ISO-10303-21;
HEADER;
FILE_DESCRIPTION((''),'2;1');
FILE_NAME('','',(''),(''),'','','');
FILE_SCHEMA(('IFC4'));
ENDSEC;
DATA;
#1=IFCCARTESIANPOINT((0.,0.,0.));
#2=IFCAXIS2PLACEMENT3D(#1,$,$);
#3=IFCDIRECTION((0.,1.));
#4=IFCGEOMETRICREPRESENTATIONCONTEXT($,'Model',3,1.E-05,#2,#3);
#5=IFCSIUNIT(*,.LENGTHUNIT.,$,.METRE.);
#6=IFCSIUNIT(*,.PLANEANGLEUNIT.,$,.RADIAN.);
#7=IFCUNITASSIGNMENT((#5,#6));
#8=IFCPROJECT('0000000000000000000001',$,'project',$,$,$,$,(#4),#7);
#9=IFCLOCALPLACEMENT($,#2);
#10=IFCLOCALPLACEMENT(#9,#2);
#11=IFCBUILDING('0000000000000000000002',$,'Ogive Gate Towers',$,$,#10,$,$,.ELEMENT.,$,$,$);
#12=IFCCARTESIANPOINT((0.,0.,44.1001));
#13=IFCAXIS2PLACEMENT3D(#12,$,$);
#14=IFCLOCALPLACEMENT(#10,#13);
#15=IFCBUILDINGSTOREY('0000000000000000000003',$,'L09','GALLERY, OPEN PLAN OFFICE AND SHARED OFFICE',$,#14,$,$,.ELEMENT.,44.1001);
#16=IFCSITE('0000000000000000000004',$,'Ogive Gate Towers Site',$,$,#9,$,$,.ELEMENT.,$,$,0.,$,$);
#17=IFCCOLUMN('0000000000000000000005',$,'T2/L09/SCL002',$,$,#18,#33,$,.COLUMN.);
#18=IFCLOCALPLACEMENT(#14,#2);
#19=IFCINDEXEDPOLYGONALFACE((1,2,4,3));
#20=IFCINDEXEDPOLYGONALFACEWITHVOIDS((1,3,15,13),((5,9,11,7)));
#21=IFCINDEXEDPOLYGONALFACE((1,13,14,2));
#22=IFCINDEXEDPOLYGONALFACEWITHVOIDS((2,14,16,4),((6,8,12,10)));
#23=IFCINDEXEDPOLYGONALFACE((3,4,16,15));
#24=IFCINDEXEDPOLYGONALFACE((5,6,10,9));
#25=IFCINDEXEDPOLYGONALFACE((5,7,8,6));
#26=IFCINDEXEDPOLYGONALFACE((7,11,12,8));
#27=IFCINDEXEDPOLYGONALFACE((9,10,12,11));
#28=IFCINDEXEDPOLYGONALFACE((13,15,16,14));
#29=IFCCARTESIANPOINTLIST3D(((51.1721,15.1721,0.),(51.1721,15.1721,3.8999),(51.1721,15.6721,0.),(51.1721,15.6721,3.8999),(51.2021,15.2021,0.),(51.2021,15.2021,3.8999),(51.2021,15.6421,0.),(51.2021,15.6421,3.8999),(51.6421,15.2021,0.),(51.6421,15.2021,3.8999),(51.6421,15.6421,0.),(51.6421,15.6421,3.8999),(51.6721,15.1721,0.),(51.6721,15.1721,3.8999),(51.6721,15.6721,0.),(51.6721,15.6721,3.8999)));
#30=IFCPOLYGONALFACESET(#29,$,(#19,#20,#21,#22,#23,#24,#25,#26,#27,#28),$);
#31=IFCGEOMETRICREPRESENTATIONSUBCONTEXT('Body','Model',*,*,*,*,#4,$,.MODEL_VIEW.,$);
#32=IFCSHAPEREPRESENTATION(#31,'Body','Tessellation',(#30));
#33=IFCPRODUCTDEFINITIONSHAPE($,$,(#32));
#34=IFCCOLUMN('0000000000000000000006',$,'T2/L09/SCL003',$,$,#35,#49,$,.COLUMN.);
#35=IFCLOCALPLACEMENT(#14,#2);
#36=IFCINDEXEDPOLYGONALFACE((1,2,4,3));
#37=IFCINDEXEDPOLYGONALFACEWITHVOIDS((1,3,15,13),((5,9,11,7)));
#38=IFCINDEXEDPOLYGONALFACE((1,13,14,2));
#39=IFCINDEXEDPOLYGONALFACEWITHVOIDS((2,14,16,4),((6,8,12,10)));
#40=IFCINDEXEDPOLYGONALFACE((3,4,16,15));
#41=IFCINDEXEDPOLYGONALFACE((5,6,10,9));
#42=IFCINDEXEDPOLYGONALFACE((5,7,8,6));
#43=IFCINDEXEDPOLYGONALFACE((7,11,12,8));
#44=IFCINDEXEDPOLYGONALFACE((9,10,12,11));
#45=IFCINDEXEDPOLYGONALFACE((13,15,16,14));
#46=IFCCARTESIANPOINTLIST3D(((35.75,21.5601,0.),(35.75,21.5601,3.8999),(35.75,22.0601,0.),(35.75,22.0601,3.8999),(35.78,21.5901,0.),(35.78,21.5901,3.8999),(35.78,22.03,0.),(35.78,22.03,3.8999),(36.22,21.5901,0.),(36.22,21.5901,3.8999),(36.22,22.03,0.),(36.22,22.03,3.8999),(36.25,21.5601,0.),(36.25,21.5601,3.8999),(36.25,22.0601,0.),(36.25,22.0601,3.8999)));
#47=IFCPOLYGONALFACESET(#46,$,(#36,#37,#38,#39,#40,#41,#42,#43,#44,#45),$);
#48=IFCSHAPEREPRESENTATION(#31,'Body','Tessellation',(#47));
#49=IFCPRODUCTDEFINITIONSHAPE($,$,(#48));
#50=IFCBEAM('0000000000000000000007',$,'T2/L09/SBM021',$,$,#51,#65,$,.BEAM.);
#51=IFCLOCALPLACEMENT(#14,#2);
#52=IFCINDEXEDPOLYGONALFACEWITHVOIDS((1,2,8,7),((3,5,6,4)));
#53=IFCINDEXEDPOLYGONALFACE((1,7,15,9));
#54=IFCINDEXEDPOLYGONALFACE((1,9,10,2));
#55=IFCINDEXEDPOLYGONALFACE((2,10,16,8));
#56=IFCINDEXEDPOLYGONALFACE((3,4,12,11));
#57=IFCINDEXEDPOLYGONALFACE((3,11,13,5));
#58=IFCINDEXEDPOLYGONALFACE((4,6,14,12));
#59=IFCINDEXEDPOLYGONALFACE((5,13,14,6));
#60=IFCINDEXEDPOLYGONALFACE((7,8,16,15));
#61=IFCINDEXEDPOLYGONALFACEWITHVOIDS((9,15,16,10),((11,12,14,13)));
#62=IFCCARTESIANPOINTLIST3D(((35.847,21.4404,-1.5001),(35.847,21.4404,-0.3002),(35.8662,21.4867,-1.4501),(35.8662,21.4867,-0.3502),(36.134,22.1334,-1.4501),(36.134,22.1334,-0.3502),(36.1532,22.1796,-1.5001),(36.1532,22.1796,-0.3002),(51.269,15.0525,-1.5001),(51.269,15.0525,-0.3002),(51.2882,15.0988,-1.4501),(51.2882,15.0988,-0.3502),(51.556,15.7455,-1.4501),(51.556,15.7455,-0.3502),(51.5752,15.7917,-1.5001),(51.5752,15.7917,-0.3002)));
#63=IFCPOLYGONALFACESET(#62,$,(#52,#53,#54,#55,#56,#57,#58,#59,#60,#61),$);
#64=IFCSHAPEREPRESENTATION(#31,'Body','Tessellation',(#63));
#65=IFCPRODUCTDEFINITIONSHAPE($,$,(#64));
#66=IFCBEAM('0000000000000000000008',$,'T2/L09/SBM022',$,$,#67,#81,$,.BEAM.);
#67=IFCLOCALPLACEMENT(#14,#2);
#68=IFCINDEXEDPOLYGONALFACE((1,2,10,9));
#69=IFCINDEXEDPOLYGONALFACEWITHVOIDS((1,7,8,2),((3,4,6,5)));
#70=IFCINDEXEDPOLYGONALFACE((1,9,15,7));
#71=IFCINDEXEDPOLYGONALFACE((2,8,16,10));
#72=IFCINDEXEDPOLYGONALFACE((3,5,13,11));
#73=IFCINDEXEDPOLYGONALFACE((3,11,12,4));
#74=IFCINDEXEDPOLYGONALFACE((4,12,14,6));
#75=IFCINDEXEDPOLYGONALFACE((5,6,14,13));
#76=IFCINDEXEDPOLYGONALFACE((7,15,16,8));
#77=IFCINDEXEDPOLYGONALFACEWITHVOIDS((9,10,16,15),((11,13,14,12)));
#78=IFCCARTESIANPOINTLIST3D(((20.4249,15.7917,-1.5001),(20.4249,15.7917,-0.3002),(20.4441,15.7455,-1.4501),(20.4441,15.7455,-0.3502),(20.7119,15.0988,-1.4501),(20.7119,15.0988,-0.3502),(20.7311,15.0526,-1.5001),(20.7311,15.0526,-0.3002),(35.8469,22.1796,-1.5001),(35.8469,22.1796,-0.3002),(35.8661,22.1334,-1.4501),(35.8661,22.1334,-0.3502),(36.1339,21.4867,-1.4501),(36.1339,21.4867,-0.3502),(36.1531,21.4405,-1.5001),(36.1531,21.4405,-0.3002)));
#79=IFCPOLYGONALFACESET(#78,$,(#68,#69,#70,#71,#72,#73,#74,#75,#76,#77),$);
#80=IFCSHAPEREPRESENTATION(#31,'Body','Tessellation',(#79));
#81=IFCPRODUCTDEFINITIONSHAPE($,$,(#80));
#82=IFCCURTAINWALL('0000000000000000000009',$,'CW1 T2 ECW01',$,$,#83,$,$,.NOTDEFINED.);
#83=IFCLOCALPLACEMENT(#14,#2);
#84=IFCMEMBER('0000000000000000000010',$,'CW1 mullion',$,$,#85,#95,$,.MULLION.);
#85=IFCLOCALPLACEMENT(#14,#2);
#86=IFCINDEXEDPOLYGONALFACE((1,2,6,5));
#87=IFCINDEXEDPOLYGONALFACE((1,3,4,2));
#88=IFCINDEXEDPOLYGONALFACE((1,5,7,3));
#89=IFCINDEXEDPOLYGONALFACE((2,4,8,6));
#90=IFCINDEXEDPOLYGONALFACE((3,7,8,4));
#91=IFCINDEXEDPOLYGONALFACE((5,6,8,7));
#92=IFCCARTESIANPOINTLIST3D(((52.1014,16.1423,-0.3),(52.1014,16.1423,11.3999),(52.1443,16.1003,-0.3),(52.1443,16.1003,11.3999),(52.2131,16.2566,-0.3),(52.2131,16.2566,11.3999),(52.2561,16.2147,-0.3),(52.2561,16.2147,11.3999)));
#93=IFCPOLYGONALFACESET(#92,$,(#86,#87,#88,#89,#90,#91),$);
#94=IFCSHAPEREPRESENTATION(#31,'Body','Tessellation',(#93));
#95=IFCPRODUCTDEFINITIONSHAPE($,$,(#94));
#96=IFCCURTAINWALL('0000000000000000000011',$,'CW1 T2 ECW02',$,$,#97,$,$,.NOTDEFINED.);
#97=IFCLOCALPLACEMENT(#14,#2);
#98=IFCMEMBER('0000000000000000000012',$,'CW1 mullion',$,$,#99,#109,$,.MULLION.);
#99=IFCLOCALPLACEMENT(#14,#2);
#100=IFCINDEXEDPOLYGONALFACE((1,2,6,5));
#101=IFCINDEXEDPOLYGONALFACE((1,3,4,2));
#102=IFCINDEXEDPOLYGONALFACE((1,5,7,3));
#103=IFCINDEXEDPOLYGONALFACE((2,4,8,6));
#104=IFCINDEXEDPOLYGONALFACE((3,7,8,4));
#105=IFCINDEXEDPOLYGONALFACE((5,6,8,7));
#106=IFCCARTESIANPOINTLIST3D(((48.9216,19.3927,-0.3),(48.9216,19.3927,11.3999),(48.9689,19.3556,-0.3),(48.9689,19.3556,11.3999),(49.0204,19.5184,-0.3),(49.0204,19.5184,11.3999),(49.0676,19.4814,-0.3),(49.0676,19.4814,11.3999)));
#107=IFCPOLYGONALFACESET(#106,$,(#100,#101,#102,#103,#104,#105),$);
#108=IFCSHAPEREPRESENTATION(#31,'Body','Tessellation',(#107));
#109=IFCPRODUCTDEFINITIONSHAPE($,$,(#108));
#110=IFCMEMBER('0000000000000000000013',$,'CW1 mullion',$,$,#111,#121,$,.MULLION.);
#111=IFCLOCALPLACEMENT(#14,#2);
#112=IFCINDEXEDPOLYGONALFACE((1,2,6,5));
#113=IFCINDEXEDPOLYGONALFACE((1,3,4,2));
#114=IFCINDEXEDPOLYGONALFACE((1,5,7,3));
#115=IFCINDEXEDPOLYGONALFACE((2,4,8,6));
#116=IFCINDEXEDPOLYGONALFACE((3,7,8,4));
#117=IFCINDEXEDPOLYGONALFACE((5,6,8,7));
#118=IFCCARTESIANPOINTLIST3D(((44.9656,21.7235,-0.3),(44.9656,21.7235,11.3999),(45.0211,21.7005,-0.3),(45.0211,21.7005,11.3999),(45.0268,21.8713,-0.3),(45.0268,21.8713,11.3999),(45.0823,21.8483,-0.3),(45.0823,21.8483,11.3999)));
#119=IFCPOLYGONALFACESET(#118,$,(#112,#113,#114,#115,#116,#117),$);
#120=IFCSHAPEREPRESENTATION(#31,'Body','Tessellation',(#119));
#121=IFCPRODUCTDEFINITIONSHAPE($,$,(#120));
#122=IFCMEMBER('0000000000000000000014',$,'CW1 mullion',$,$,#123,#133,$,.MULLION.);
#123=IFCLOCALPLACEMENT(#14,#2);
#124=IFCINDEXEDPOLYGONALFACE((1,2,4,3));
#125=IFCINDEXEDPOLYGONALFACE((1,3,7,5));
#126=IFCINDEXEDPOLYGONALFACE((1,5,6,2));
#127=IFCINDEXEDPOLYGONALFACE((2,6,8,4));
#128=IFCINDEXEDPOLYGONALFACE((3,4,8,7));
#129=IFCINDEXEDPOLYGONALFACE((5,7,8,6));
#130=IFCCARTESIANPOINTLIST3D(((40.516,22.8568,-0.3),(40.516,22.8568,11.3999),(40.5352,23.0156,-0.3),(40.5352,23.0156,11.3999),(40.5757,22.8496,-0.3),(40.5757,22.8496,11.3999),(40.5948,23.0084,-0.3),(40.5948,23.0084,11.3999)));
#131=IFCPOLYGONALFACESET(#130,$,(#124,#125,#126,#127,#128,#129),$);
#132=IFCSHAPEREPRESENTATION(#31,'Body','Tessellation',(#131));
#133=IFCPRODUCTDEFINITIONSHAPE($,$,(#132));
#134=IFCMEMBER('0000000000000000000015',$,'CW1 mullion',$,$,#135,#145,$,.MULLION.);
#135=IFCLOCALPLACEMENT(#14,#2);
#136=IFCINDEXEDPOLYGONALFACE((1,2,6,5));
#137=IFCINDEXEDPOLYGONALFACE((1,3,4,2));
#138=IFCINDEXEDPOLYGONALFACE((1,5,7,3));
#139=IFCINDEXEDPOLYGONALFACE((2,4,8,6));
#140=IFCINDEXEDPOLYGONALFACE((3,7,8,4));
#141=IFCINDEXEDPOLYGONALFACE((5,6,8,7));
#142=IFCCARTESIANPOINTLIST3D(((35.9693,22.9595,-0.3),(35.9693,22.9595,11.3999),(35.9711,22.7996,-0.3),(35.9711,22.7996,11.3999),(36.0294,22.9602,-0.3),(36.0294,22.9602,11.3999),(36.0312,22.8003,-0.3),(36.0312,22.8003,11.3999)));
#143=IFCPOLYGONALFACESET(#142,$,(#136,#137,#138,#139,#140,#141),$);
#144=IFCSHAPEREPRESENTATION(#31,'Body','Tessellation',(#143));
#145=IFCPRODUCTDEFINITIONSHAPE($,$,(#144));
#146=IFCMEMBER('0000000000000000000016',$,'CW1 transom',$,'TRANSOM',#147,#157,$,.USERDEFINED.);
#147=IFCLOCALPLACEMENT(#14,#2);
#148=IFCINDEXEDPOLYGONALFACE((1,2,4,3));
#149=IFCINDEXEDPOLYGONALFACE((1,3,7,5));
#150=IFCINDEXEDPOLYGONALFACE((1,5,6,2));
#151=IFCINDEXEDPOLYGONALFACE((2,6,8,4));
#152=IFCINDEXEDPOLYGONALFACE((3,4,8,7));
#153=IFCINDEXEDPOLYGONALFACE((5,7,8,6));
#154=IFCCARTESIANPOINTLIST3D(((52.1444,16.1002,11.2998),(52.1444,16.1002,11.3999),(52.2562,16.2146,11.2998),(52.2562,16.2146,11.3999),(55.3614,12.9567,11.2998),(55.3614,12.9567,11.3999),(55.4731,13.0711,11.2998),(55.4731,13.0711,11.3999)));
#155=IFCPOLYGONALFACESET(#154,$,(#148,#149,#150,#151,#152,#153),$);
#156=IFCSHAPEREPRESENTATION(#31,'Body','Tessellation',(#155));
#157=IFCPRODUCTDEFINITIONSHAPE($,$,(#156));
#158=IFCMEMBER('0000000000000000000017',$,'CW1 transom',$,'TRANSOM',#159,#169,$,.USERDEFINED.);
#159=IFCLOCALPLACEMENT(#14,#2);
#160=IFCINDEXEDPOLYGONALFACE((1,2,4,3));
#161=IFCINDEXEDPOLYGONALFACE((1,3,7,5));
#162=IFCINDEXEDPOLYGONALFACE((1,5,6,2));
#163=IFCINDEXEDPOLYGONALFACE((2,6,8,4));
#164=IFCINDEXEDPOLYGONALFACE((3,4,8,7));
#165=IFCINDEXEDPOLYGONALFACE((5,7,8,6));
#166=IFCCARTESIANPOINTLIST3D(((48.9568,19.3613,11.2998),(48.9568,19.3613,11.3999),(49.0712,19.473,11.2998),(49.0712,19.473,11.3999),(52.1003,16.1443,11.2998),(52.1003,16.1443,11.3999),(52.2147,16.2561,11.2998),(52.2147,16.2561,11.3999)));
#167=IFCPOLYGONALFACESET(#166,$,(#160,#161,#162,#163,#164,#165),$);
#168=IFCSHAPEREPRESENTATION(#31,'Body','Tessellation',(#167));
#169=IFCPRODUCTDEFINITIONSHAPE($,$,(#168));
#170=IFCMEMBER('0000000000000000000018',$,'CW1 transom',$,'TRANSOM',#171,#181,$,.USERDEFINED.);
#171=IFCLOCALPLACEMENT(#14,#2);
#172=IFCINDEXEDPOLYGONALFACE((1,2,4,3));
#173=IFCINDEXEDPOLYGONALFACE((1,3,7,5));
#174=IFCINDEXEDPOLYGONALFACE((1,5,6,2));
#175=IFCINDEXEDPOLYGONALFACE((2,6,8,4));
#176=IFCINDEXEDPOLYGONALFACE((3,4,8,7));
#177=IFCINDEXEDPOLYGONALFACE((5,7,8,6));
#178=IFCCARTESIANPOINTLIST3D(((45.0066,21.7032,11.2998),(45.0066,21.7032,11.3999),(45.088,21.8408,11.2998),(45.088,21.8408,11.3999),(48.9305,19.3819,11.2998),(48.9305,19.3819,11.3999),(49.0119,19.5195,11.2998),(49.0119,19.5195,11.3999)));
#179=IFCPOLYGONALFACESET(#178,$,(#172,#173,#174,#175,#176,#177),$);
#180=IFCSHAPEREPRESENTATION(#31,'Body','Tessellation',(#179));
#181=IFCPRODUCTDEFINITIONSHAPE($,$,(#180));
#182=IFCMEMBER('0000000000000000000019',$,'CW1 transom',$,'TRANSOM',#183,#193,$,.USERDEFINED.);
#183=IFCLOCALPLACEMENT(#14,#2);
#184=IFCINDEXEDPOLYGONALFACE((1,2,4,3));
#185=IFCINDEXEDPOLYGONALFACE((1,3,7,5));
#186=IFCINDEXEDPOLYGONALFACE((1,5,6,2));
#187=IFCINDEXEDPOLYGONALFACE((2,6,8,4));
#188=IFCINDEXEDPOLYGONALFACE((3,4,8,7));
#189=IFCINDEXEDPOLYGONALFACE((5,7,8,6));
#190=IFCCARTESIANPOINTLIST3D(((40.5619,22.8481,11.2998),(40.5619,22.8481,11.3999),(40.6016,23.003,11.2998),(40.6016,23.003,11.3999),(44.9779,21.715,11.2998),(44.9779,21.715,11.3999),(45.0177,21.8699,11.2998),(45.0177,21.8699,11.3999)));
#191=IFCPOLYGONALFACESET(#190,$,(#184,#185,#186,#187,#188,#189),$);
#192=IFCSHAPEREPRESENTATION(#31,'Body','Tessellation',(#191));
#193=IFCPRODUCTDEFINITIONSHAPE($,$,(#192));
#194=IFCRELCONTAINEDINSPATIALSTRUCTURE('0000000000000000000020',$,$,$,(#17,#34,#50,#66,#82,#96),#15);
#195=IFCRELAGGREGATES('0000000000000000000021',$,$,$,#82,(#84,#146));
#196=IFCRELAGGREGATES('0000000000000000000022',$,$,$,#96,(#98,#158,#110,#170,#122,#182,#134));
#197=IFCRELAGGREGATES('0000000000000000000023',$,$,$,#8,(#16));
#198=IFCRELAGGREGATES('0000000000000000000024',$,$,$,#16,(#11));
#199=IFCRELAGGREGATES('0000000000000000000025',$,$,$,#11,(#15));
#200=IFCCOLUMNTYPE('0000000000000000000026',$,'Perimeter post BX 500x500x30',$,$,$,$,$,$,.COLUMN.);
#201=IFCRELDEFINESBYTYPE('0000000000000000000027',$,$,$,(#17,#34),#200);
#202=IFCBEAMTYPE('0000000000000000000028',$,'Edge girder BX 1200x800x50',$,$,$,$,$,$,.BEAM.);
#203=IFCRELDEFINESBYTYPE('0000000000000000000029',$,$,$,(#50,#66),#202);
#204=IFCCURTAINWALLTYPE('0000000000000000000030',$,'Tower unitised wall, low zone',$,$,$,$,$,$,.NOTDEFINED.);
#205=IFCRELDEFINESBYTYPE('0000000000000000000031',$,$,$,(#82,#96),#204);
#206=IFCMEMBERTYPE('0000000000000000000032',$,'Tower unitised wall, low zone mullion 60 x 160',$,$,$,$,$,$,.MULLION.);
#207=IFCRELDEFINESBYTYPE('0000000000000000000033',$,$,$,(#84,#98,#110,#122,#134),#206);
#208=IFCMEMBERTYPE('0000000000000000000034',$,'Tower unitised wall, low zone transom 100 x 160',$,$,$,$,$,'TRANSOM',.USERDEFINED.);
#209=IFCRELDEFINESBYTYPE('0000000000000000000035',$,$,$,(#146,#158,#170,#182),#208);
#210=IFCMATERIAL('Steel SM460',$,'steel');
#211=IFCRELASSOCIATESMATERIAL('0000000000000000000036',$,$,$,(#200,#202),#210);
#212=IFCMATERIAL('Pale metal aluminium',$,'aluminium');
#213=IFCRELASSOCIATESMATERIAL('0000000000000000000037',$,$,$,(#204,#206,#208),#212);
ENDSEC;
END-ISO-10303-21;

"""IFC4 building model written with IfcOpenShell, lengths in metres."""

from ifc_helpers import new_model, si_unit, direction, frame, origin, origin_2d, place, context, subcontext, project, spatial, rectangle, hollow_rectangle, extrude, material, material_profile, profile_set, type_object, element, aggregate, save


model = new_model("IFC4")

# Units and contexts
model_context = context("Model", 3, precision=1e-05, world=origin(), true_north=direction((0.0, 1.0)))
body_context = subcontext(model_context, "Body", "Model", "MODEL_VIEW")
ifc_project = project(units=[si_unit("LENGTHUNIT", "METRE"), si_unit("PLANEANGLEUNIT", "RADIAN")], contexts=[model_context])

# Site, building, storey
site_placement = place(None, origin())
site = spatial("IfcSite", under=ifc_project, at=site_placement, Name="Ogive Gate Towers Site", CompositionType="ELEMENT", RefElevation=0.0)
building_placement = place(site_placement, origin())
building = spatial("IfcBuilding", under=site, at=building_placement, Name="Ogive Gate Towers", CompositionType="ELEMENT")
storey_placement = place(building_placement, frame((0.0, 0.0, 44.1001)))
storey = spatial("IfcBuildingStorey", under=building, at=storey_placement, Name="L09", Description="GALLERY, OPEN PLAN OFFICE AND SHARED OFFICE", CompositionType="ELEMENT", Elevation=44.1001)

# Columns
ifc_material_1 = material(Name="Steel SM460", Category="steel")
ifc_material_profile_1 = material_profile(ifc_material_1, hollow_rectangle(XDim=0.5, YDim=0.5, WallThickness=0.03, at=origin_2d()), Name="BX 500x500x30")
ifc_profile_set_1 = profile_set([ifc_material_profile_1], Name="Steel SM460")
column_type = type_object("IfcColumnType", Name="Perimeter post BX 500x500x30", PredefinedType="COLUMN", material=ifc_profile_set_1)
for number, where, z_axis, x_axis, name in (
    (1, (51.4221, 15.4221, 0.0), (0.0, 0.0, 1.0), (1.0, 0.0, 0.0), "T2/L09/SCL002"),
    (2, (36.0, 21.8101, 0.0), (0.0, 0.0, 1.0), (1.0, 0.0, 0.0), "T2/L09/SCL003"),
):
    element("IfcColumn", number, at=place(storey_placement, frame(where, z_axis=z_axis, x_axis=x_axis)), inside=storey, type_object=column_type, Name=name, PredefinedType="COLUMN", context=body_context, shape_type="SweptSolid", body=[
        extrude(hollow_rectangle(XDim=0.5, YDim=0.5, WallThickness=0.03, at=origin_2d()), origin(), (0.0, 0.0, 1.0), 3.8999),
    ])

# Beams
ifc_material_profile_2 = material_profile(ifc_material_1, hollow_rectangle(XDim=0.8, YDim=1.2, WallThickness=0.05, at=origin_2d()), Name="BX 1200x800x50")
ifc_profile_set_2 = profile_set([ifc_material_profile_2], Name="Steel SM460")
beam_type = type_object("IfcBeamType", Name="Edge girder BX 1200x800x50", PredefinedType="BEAM", material=ifc_profile_set_2)
for number, where, z_axis, x_axis, name in (
    (3, (51.4221, 15.4221, -0.9001), (-0.923882, 0.382678, 0.0), (-0.382678, -0.923882, 0.0), "T2/L09/SBM021"),
    (4, (36.0, 21.8101, -0.9001), (-0.923882, -0.382678, 0.0), (0.382678, -0.923882, 0.0), "T2/L09/SBM022"),
):
    element("IfcBeam", number, at=place(storey_placement, frame(where, z_axis=z_axis, x_axis=x_axis)), inside=storey, type_object=beam_type, Name=name, PredefinedType="BEAM", context=body_context, shape_type="SweptSolid", body=[
        extrude(hollow_rectangle(XDim=0.8, YDim=1.2, WallThickness=0.05, at=origin_2d()), origin(), (0.0, 0.0, 1.0), 16.6926),
    ])

# Curtain wall, member
ifc_material_2 = material(Name="Pale metal aluminium", Category="aluminium")
curtain_wall_type = type_object("IfcCurtainWallType", Name="Tower unitised wall, low zone", PredefinedType="NOTDEFINED", material=ifc_material_2)
curtain_wall_1_placement = place(storey_placement, origin())
curtain_wall_1 = element("IfcCurtainWall", 5, at=curtain_wall_1_placement, inside=storey, type_object=curtain_wall_type, Name="CW1 T2 ECW01", PredefinedType="NOTDEFINED")
ifc_material_profile_3 = material_profile(ifc_material_2, rectangle(XDim=0.1599, YDim=0.0601, at=origin_2d()), Name="60 x 160 aluminium box")
ifc_profile_set_3 = profile_set([ifc_material_profile_3], Name="Pale metal aluminium")
member_type_1 = type_object("IfcMemberType", Name="Tower unitised wall, low zone mullion 60 x 160", PredefinedType="MULLION", material=ifc_profile_set_3)
member_1_placement = place(storey_placement, frame((52.1787, 16.1785, -0.3), z_axis=(0.0, 0.0, 1.0), x_axis=(0.698915, 0.715205, 0.0)))
member_1 = element("IfcMember", 6, at=member_1_placement, type_object=member_type_1, Name="CW1 mullion", PredefinedType="MULLION", context=body_context, shape_type="SweptSolid", body=[
    extrude(rectangle(XDim=0.1599, YDim=0.0601, at=origin_2d()), origin(), (0.0, 0.0, 1.0), 11.7),
])

# Curtain wall, members
curtain_wall_2_placement = place(storey_placement, origin())
curtain_wall_2 = element("IfcCurtainWall", 7, at=curtain_wall_2_placement, inside=storey, type_object=curtain_wall_type, Name="CW1 T2 ECW02", PredefinedType="NOTDEFINED")
member_2_placement = place(storey_placement, frame((48.9946, 19.437, -0.3), z_axis=(0.0, 0.0, 1.0), x_axis=(0.617516, 0.786558, 0.0)))
member_2 = element("IfcMember", 8, at=member_2_placement, type_object=member_type_1, Name="CW1 mullion", PredefinedType="MULLION", context=body_context, shape_type="SweptSolid", body=[
    extrude(rectangle(XDim=0.1599, YDim=0.0601, at=origin_2d()), origin(), (0.0, 0.0, 1.0), 11.7),
])
member_3_placement = place(storey_placement, frame((45.0239, 21.7859, -0.3), z_axis=(0.0, 0.0, 1.0), x_axis=(0.382683, 0.92388, 0.0)))
member_3 = element("IfcMember", 9, at=member_3_placement, type_object=member_type_1, Name="CW1 mullion", PredefinedType="MULLION", context=body_context, shape_type="SweptSolid", body=[
    extrude(rectangle(XDim=0.1599, YDim=0.0601, at=origin_2d()), origin(), (0.0, 0.0, 1.0), 11.7),
])
member_4_placement = place(storey_placement, frame((40.5554, 22.9326, -0.3), z_axis=(0.0, 0.0, 1.0), x_axis=(0.119548, 0.992828, 0.0)))
member_4 = element("IfcMember", 10, at=member_4_placement, type_object=member_type_1, Name="CW1 mullion", PredefinedType="MULLION", context=body_context, shape_type="SweptSolid", body=[
    extrude(rectangle(XDim=0.1599, YDim=0.0601, at=origin_2d()), origin(), (0.0, 0.0, 1.0), 11.7),
])
member_5_placement = place(storey_placement, frame((36.0002, 22.8799, -0.3), z_axis=(0.0, 0.0, 1.0), x_axis=(-0.011501, 0.999934, 0.0)))
member_5 = element("IfcMember", 11, at=member_5_placement, type_object=member_type_1, Name="CW1 mullion", PredefinedType="MULLION", context=body_context, shape_type="SweptSolid", body=[
    extrude(rectangle(XDim=0.1599, YDim=0.0601, at=origin_2d()), origin(), (0.0, 0.0, 1.0), 11.7),
])

# Members
ifc_material_profile_4 = material_profile(ifc_material_2, rectangle(XDim=0.1599, YDim=0.1001, at=origin_2d()), Name="100 x 160 aluminium box")
ifc_profile_set_4 = profile_set([ifc_material_profile_4], Name="Pale metal aluminium")
member_type_2 = type_object("IfcMemberType", Name="Tower unitised wall, low zone transom 100 x 160", ElementType="TRANSOM", PredefinedType="USERDEFINED", material=ifc_profile_set_4)
member_6_placement = place(storey_placement, frame((55.4172, 13.0139, 11.3499), z_axis=(-0.715229, 0.698891, 0.0), x_axis=(-0.698891, -0.715229, 0.0)))
member_6 = element("IfcMember", 12, at=member_6_placement, type_object=member_type_2, Name="CW1 transom", ObjectType="TRANSOM", PredefinedType="USERDEFINED", context=body_context, shape_type="SweptSolid", body=[
    extrude(rectangle(XDim=0.1599, YDim=0.1001, at=origin_2d()), origin(), (0.0, 0.0, 1.0), 4.4978),
])
member_7_placement = place(storey_placement, frame((52.1575, 16.2002, 11.3499), z_axis=(-0.698891, 0.715229, 0.0), x_axis=(-0.715229, -0.698891, 0.0)))
member_7 = element("IfcMember", 13, at=member_7_placement, type_object=member_type_2, Name="CW1 transom", ObjectType="TRANSOM", PredefinedType="USERDEFINED", context=body_context, shape_type="SweptSolid", body=[
    extrude(rectangle(XDim=0.1599, YDim=0.1001, at=origin_2d()), origin(), (0.0, 0.0, 1.0), 4.4978),
])
member_8_placement = place(storey_placement, frame((48.9712, 19.4507, 11.3499), z_axis=(-0.860671, 0.509162, 0.0), x_axis=(-0.509162, -0.860671, 0.0)))
member_8 = element("IfcMember", 14, at=member_8_placement, type_object=member_type_2, Name="CW1 transom", ObjectType="TRANSOM", PredefinedType="USERDEFINED", context=body_context, shape_type="SweptSolid", body=[
    extrude(rectangle(XDim=0.1599, YDim=0.1001, at=origin_2d()), origin(), (0.0, 0.0, 1.0), 4.5591),
])
member_9_placement = place(storey_placement, frame((44.9978, 21.7925, 11.3499), z_axis=(-0.968625, 0.248529, 0.0), x_axis=(-0.248529, -0.968625, 0.0)))
member_9 = element("IfcMember", 15, at=member_9_placement, type_object=member_type_2, Name="CW1 transom", ObjectType="TRANSOM", PredefinedType="USERDEFINED", context=body_context, shape_type="SweptSolid", body=[
    extrude(rectangle(XDim=0.1599, YDim=0.1001, at=origin_2d()), origin(), (0.0, 0.0, 1.0), 4.5591),
])

aggregate(curtain_wall_1, [member_1, member_6])
aggregate(curtain_wall_2, [member_2, member_7, member_3, member_8, member_4, member_9, member_5])

save(model, "model.ifc")
